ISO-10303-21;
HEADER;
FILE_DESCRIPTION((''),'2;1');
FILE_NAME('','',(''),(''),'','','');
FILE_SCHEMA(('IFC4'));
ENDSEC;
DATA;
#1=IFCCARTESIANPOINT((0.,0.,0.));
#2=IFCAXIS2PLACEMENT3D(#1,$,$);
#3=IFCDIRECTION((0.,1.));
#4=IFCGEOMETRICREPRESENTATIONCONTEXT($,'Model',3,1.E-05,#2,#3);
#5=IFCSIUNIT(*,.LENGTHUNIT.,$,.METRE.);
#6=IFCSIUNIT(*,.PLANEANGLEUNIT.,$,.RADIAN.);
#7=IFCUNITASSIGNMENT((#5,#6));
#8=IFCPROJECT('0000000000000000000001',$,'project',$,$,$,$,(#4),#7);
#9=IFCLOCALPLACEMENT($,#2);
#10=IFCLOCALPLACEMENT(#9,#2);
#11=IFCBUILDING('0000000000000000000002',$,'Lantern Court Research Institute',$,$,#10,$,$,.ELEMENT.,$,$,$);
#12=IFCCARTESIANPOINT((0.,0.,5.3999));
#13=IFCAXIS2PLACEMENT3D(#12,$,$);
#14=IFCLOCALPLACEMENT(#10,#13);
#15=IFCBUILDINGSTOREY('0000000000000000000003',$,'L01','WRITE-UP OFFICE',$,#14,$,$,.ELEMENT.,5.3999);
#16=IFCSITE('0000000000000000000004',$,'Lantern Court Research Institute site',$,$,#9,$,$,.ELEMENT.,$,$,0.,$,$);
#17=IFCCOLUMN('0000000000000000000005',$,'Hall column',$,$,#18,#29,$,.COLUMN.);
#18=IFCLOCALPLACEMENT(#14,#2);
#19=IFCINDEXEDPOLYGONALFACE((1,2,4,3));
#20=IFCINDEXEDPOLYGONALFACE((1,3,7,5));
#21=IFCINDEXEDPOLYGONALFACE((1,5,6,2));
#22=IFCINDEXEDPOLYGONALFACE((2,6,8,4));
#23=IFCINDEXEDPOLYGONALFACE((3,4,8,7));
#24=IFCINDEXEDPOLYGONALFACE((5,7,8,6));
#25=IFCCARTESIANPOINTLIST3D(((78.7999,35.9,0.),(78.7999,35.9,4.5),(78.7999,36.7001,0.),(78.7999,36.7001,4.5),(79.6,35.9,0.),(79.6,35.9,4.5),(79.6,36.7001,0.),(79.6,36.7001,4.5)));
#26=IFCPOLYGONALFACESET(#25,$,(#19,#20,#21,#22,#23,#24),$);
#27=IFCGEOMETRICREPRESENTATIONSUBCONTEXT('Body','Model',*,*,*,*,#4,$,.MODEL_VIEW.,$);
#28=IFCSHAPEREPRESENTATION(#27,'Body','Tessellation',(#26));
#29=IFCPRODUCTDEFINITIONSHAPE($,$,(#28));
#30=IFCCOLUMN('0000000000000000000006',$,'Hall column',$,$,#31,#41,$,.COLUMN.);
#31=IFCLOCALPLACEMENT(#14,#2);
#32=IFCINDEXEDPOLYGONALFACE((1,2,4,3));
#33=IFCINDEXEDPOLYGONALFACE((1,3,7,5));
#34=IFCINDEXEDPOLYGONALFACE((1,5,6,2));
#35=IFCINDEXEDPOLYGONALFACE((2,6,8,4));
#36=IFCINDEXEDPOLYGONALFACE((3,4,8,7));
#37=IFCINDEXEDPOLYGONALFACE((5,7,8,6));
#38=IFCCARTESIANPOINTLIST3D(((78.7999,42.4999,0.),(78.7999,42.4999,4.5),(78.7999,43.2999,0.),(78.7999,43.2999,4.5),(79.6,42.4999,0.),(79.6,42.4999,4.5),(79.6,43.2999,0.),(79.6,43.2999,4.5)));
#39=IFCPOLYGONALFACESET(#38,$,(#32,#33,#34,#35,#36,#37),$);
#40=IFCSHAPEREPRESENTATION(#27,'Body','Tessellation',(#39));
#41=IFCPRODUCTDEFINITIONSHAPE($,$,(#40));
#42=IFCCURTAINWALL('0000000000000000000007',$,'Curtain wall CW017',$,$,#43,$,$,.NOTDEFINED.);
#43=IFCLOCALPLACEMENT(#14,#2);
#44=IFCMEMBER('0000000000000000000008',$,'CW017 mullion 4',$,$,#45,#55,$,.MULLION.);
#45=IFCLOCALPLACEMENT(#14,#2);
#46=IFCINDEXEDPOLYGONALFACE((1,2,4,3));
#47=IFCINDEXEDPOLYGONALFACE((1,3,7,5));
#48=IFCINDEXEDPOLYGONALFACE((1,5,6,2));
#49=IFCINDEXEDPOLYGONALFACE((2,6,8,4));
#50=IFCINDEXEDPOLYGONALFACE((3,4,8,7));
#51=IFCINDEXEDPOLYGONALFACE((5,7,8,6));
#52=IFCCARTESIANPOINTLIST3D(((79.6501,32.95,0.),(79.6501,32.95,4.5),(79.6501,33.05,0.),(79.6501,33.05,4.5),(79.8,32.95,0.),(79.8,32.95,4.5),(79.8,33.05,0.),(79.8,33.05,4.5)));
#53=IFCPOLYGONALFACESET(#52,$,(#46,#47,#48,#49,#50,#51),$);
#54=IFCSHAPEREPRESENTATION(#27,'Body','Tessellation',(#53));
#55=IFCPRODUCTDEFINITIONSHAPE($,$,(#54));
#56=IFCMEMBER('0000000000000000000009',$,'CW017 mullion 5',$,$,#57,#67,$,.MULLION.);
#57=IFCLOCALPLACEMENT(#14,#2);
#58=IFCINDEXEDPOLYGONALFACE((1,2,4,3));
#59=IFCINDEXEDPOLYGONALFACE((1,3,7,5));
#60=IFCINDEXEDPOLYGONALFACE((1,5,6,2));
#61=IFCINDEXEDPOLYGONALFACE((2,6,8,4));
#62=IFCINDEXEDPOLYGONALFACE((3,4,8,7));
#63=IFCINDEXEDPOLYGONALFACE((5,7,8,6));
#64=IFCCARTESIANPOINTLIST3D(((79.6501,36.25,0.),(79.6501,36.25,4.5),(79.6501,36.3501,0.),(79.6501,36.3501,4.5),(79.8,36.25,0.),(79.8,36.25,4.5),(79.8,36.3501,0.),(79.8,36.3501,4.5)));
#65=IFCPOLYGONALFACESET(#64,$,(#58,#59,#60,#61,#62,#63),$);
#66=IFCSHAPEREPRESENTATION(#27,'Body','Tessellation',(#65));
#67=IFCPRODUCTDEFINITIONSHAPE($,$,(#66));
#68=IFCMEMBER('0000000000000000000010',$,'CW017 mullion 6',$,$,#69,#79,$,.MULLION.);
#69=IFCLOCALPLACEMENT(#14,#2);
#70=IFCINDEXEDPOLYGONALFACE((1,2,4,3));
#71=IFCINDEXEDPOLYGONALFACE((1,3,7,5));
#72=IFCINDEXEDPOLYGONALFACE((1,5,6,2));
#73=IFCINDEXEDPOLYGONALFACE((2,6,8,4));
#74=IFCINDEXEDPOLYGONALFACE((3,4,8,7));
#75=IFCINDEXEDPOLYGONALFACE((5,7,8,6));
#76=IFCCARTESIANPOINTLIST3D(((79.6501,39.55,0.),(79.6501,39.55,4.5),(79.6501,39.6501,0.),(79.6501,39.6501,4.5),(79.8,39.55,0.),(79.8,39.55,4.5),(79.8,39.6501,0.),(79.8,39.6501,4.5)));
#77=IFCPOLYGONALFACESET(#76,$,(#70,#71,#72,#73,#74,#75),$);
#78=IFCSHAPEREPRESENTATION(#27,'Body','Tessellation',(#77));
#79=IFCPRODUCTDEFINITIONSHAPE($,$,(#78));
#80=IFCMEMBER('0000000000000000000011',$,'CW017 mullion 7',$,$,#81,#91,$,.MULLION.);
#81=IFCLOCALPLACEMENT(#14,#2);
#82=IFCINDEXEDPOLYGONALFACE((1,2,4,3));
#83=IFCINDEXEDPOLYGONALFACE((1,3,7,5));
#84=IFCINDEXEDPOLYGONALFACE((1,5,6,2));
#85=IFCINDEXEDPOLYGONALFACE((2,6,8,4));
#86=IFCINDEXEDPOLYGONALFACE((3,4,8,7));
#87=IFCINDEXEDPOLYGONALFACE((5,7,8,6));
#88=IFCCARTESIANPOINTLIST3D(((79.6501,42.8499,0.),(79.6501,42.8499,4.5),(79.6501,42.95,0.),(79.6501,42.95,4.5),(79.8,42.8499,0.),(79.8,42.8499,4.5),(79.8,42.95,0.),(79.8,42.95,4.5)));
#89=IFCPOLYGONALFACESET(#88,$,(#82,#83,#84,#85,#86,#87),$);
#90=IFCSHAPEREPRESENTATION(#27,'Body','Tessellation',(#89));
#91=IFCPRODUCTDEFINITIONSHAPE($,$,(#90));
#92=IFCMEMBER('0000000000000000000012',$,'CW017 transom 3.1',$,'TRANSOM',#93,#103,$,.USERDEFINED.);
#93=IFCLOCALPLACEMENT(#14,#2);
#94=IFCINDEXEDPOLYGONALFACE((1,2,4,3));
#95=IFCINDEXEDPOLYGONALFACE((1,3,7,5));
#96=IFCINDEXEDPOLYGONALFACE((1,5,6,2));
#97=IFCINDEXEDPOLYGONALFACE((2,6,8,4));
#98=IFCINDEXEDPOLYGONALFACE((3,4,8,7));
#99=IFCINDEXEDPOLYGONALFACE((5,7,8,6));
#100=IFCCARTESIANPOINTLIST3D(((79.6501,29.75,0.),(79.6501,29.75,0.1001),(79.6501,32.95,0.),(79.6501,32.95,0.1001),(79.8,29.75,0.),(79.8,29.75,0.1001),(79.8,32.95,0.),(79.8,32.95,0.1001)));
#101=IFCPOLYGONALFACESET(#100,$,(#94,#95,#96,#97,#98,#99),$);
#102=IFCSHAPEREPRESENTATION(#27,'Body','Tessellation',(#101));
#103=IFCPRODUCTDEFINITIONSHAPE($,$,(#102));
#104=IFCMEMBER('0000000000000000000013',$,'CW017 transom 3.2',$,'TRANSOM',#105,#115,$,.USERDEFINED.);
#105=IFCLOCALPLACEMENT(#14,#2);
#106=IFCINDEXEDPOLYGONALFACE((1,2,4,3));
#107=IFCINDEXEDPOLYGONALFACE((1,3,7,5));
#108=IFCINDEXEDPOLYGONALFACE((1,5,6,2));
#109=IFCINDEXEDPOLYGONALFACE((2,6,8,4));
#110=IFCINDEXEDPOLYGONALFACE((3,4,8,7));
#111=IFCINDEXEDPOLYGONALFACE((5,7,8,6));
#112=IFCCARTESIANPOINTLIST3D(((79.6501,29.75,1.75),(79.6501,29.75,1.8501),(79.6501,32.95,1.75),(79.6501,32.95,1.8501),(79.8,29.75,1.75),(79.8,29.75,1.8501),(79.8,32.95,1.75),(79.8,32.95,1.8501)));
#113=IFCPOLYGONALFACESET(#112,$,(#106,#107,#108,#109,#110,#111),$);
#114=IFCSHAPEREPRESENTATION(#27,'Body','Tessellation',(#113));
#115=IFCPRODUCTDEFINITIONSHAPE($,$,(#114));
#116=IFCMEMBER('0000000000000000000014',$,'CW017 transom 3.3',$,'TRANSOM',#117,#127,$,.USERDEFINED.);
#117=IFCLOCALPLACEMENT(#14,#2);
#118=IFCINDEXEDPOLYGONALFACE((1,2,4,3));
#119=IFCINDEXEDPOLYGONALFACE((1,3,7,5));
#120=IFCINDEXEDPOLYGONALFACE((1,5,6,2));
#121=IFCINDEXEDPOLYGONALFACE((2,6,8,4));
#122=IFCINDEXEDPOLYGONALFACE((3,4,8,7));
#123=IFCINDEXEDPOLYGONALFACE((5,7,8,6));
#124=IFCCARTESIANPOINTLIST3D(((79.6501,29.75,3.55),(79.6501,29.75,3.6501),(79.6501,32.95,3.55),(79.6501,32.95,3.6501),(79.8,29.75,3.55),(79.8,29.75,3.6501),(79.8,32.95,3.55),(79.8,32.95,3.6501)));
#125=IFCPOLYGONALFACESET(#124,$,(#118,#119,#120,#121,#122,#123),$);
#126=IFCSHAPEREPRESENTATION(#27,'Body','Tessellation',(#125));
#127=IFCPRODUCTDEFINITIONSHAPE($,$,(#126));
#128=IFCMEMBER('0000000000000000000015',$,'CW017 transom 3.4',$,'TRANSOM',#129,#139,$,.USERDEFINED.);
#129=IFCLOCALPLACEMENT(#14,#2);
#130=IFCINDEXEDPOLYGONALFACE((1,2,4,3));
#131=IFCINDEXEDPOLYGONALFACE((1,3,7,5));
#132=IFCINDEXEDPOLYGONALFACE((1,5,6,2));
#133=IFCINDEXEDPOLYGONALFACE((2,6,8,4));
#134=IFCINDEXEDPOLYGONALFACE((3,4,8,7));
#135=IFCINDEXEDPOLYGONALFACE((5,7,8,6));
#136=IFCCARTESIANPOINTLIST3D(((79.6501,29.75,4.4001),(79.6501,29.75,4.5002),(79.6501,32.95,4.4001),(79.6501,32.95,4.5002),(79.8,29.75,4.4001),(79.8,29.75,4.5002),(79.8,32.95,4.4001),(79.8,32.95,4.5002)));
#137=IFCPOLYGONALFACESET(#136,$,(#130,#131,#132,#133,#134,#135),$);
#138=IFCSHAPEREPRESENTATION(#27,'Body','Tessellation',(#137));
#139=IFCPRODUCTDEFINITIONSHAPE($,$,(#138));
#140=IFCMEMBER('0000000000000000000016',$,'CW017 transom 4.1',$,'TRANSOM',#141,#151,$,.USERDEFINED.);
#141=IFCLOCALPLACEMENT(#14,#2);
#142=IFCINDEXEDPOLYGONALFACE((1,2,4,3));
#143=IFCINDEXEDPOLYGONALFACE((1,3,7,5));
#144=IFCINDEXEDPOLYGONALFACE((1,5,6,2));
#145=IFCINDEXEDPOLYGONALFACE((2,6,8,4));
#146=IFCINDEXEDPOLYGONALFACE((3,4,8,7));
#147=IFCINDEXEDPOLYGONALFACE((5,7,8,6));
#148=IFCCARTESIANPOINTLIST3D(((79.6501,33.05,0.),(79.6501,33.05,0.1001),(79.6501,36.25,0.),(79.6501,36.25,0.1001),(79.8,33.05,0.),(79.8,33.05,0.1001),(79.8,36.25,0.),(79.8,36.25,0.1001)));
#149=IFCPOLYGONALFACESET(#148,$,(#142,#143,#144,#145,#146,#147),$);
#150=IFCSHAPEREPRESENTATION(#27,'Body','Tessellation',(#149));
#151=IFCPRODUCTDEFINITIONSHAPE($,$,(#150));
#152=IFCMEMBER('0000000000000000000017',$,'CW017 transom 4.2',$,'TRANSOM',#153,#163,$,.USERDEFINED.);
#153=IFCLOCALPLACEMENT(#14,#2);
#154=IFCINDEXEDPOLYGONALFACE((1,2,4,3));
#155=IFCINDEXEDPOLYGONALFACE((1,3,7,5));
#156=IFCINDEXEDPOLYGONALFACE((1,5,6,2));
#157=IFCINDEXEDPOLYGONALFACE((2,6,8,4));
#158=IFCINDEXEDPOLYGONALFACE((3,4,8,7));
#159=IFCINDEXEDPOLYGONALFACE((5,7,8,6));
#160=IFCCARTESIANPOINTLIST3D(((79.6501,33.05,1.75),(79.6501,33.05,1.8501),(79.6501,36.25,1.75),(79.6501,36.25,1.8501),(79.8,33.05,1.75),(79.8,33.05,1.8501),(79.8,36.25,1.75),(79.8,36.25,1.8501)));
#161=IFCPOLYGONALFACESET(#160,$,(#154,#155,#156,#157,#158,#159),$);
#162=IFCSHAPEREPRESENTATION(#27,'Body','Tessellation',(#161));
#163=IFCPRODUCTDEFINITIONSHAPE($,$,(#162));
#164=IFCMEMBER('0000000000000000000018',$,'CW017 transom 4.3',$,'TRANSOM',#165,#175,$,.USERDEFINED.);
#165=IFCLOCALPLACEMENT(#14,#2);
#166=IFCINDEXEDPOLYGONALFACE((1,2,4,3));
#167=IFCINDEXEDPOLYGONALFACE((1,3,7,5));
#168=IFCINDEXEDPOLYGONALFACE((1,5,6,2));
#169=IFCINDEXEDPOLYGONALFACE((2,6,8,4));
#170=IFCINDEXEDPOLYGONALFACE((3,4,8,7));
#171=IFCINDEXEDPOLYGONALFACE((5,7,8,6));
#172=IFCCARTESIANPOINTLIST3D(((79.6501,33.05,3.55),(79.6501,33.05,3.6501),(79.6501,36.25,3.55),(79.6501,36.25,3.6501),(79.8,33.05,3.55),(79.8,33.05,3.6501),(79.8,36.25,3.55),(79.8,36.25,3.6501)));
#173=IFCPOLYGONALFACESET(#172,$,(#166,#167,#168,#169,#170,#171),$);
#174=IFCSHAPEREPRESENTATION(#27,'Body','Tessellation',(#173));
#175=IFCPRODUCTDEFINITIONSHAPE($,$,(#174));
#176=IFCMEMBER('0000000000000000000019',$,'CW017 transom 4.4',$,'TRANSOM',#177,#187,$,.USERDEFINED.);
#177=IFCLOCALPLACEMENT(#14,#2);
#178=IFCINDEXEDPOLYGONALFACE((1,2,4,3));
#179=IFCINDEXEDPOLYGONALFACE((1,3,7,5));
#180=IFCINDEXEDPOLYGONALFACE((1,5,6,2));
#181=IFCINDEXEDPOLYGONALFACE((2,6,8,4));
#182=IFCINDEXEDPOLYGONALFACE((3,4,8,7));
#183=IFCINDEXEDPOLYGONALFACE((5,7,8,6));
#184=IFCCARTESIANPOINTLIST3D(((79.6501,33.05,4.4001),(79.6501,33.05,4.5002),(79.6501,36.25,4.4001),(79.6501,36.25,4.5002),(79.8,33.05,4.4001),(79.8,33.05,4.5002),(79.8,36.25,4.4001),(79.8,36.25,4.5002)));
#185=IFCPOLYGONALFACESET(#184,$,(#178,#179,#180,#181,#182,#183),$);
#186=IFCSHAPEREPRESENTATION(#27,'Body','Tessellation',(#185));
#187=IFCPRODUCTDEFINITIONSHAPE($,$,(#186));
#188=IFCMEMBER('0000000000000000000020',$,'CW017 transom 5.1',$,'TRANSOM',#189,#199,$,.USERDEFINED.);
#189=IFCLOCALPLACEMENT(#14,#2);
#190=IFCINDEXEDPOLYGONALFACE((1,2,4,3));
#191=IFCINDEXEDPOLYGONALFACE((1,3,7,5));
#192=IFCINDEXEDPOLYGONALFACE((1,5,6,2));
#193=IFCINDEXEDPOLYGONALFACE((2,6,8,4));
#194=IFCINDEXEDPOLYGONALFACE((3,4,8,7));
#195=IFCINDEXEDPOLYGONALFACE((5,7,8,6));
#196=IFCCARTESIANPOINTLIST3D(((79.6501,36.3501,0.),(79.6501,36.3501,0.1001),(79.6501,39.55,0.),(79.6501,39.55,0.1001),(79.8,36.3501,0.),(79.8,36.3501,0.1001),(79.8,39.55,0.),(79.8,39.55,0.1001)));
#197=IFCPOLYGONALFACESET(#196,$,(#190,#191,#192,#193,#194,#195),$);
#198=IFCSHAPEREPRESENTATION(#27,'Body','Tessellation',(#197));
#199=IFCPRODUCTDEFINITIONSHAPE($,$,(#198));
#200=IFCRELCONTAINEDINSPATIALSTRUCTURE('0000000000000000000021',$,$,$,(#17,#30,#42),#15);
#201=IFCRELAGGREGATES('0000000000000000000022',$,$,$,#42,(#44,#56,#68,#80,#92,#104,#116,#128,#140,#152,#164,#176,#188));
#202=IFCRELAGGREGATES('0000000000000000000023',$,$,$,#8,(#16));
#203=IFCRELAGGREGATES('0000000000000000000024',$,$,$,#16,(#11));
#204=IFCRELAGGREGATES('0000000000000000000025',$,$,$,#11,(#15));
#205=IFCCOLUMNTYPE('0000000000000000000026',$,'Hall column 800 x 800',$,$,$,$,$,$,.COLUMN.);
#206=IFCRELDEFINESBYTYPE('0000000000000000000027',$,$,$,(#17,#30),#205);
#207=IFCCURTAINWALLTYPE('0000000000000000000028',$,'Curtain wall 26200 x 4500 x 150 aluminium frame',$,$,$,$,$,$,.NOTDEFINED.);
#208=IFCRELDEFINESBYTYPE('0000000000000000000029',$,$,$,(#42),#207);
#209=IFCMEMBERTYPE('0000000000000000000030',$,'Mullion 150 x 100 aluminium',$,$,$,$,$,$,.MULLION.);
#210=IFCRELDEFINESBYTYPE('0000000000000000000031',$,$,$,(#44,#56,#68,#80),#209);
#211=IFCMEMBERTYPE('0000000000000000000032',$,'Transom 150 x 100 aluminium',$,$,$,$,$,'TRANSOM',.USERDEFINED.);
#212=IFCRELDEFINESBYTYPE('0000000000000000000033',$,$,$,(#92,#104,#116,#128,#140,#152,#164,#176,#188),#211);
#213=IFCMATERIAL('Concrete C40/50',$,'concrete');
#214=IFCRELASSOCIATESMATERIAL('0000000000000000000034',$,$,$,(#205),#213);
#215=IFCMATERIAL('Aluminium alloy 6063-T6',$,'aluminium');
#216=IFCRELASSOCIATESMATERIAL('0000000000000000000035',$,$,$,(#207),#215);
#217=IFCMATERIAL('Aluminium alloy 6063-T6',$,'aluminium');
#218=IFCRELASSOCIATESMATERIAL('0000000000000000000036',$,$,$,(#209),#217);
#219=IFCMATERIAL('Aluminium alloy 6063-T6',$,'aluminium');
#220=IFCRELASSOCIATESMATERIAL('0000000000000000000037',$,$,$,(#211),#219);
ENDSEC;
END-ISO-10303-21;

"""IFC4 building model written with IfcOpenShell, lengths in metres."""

from ifc_helpers import new_model, si_unit, direction, frame, origin, origin_2d, place, context, subcontext, project, spatial, rectangle, extrude, material, material_profile, profile_set, type_object, element, aggregate, save


model = new_model("IFC4")

# Units and contexts
model_context = context("Model", 3, precision=1e-05, world=origin(), true_north=direction((0.0, 1.0)))
body_context = subcontext(model_context, "Body", "Model", "MODEL_VIEW")
ifc_project = project(units=[si_unit("LENGTHUNIT", "METRE"), si_unit("PLANEANGLEUNIT", "RADIAN")], contexts=[model_context])

# Site, building, storey
site_placement = place(None, origin())
site = spatial("IfcSite", under=ifc_project, at=site_placement, Name="Lantern Court Research Institute site", CompositionType="ELEMENT", RefElevation=0.0)
building_placement = place(site_placement, origin())
building = spatial("IfcBuilding", under=site, at=building_placement, Name="Lantern Court Research Institute", CompositionType="ELEMENT")
storey_placement = place(building_placement, frame((0.0, 0.0, 5.3999)))
storey = spatial("IfcBuildingStorey", under=building, at=storey_placement, Name="L01", Description="WRITE-UP OFFICE", CompositionType="ELEMENT", Elevation=5.3999)

# Columns
ifc_material_1 = material(Name="Concrete C40/50", Category="concrete")
ifc_material_profile_1 = material_profile(ifc_material_1, rectangle(XDim=0.8, YDim=0.8, at=origin_2d()), Name="Hall column 800 x 800")
ifc_profile_set_1 = profile_set([ifc_material_profile_1], Name="Concrete C40/50")
column_type = type_object("IfcColumnType", Name="Hall column 800 x 800", PredefinedType="COLUMN", material=ifc_profile_set_1)
for number, where, z_axis, x_axis, name in (
    (1, (79.2, 36.3, 0.0), (0.0, 0.0, 1.0), (1.0, 0.0, 0.0), "Hall column"),
    (2, (79.2, 42.8999, 0.0), (0.0, 0.0, 1.0), (1.0, 0.0, 0.0), "Hall column"),
):
    element("IfcColumn", number, at=place(storey_placement, frame(where, z_axis=z_axis, x_axis=x_axis)), inside=storey, type_object=column_type, Name=name, PredefinedType="COLUMN", context=body_context, shape_type="SweptSolid", body=[
        extrude(rectangle(XDim=0.8, YDim=0.8, at=origin_2d()), origin(), (0.0, 0.0, 1.0), 4.5),
    ])

# Curtain wall, members
ifc_material_2 = material(Name="Aluminium alloy 6063-T6", Category="aluminium")
curtain_wall_type = type_object("IfcCurtainWallType", Name="Curtain wall 26200 x 4500 x 150 aluminium frame", PredefinedType="NOTDEFINED", material=ifc_material_2)
curtain_wall_placement = place(storey_placement, origin())
curtain_wall = element("IfcCurtainWall", 3, at=curtain_wall_placement, inside=storey, type_object=curtain_wall_type, Name="Curtain wall CW017", PredefinedType="NOTDEFINED")
ifc_material_3 = material(Name="Aluminium alloy 6063-T6", Category="aluminium")
ifc_material_profile_2 = material_profile(ifc_material_3, rectangle(XDim=0.1499, YDim=0.1001, at=origin_2d()), Name="Mullion 150 x 100")
ifc_profile_set_2 = profile_set([ifc_material_profile_2], Name="Aluminium alloy 6063-T6")
member_type_1 = type_object("IfcMemberType", Name="Mullion 150 x 100 aluminium", PredefinedType="MULLION", material=ifc_profile_set_2)
member_1_placement = place(storey_placement, frame((79.7251, 33.0, 0.0), z_axis=(0.0, 0.0, 1.0), x_axis=(1.0, 0.0, 0.0)))
member_1 = element("IfcMember", 4, at=member_1_placement, type_object=member_type_1, Name="CW017 mullion 4", PredefinedType="MULLION", context=body_context, shape_type="SweptSolid", body=[
    extrude(rectangle(XDim=0.1499, YDim=0.1001, at=origin_2d()), origin(), (0.0, 0.0, 1.0), 4.5),
])
member_2_placement = place(storey_placement, frame((79.7251, 36.3, 0.0), z_axis=(0.0, 0.0, 1.0), x_axis=(1.0, 0.0, 0.0)))
member_2 = element("IfcMember", 5, at=member_2_placement, type_object=member_type_1, Name="CW017 mullion 5", PredefinedType="MULLION", context=body_context, shape_type="SweptSolid", body=[
    extrude(rectangle(XDim=0.1499, YDim=0.1001, at=origin_2d()), origin(), (0.0, 0.0, 1.0), 4.5),
])
member_3_placement = place(storey_placement, frame((79.7251, 39.6001, 0.0), z_axis=(0.0, 0.0, 1.0), x_axis=(1.0, 0.0, 0.0)))
member_3 = element("IfcMember", 6, at=member_3_placement, type_object=member_type_1, Name="CW017 mullion 6", PredefinedType="MULLION", context=body_context, shape_type="SweptSolid", body=[
    extrude(rectangle(XDim=0.1499, YDim=0.1001, at=origin_2d()), origin(), (0.0, 0.0, 1.0), 4.5),
])
member_4_placement = place(storey_placement, frame((79.7251, 42.8999, 0.0), z_axis=(0.0, 0.0, 1.0), x_axis=(1.0, 0.0, 0.0)))
member_4 = element("IfcMember", 7, at=member_4_placement, type_object=member_type_1, Name="CW017 mullion 7", PredefinedType="MULLION", context=body_context, shape_type="SweptSolid", body=[
    extrude(rectangle(XDim=0.1499, YDim=0.1001, at=origin_2d()), origin(), (0.0, 0.0, 1.0), 4.5),
])
ifc_material_4 = material(Name="Aluminium alloy 6063-T6", Category="aluminium")
ifc_material_profile_3 = material_profile(ifc_material_4, rectangle(XDim=0.1499, YDim=0.1001, at=origin_2d()), Name="Transom 150 x 100")
ifc_profile_set_3 = profile_set([ifc_material_profile_3], Name="Aluminium alloy 6063-T6")
member_type_2 = type_object("IfcMemberType", Name="Transom 150 x 100 aluminium", ElementType="TRANSOM", PredefinedType="USERDEFINED", material=ifc_profile_set_3)
member_5_placement = place(storey_placement, frame((79.7251, 32.95, 0.05), z_axis=(0.0, -1.0, 0.0), x_axis=(1.0, 0.0, 0.0)))
member_5 = element("IfcMember", 8, at=member_5_placement, type_object=member_type_2, Name="CW017 transom 3.1", ObjectType="TRANSOM", PredefinedType="USERDEFINED", context=body_context, shape_type="SweptSolid", body=[
    extrude(rectangle(XDim=0.1499, YDim=0.1001, at=origin_2d()), origin(), (0.0, 0.0, 1.0), 3.2),
])
member_6_placement = place(storey_placement, frame((79.7251, 32.95, 1.8), z_axis=(0.0, -1.0, 0.0), x_axis=(1.0, 0.0, 0.0)))
member_6 = element("IfcMember", 9, at=member_6_placement, type_object=member_type_2, Name="CW017 transom 3.2", ObjectType="TRANSOM", PredefinedType="USERDEFINED", context=body_context, shape_type="SweptSolid", body=[
    extrude(rectangle(XDim=0.1499, YDim=0.1001, at=origin_2d()), origin(), (0.0, 0.0, 1.0), 3.2),
])
member_7_placement = place(storey_placement, frame((79.7251, 32.95, 3.6001), z_axis=(0.0, -1.0, 0.0), x_axis=(1.0, 0.0, 0.0)))
member_7 = element("IfcMember", 10, at=member_7_placement, type_object=member_type_2, Name="CW017 transom 3.3", ObjectType="TRANSOM", PredefinedType="USERDEFINED", context=body_context, shape_type="SweptSolid", body=[
    extrude(rectangle(XDim=0.1499, YDim=0.1001, at=origin_2d()), origin(), (0.0, 0.0, 1.0), 3.2),
])
member_8_placement = place(storey_placement, frame((79.7251, 32.95, 4.4502), z_axis=(0.0, -1.0, 0.0), x_axis=(1.0, 0.0, 0.0)))
member_8 = element("IfcMember", 11, at=member_8_placement, type_object=member_type_2, Name="CW017 transom 3.4", ObjectType="TRANSOM", PredefinedType="USERDEFINED", context=body_context, shape_type="SweptSolid", body=[
    extrude(rectangle(XDim=0.1499, YDim=0.1001, at=origin_2d()), origin(), (0.0, 0.0, 1.0), 3.2),
])
member_9_placement = place(storey_placement, frame((79.7251, 36.25, 0.05), z_axis=(0.0, -1.0, 0.0), x_axis=(1.0, 0.0, 0.0)))
member_9 = element("IfcMember", 12, at=member_9_placement, type_object=member_type_2, Name="CW017 transom 4.1", ObjectType="TRANSOM", PredefinedType="USERDEFINED", context=body_context, shape_type="SweptSolid", body=[
    extrude(rectangle(XDim=0.1499, YDim=0.1001, at=origin_2d()), origin(), (0.0, 0.0, 1.0), 3.2),
])
member_10_placement = place(storey_placement, frame((79.7251, 36.25, 1.8), z_axis=(0.0, -1.0, 0.0), x_axis=(1.0, 0.0, 0.0)))
member_10 = element("IfcMember", 13, at=member_10_placement, type_object=member_type_2, Name="CW017 transom 4.2", ObjectType="TRANSOM", PredefinedType="USERDEFINED", context=body_context, shape_type="SweptSolid", body=[
    extrude(rectangle(XDim=0.1499, YDim=0.1001, at=origin_2d()), origin(), (0.0, 0.0, 1.0), 3.2),
])
member_11_placement = place(storey_placement, frame((79.7251, 36.25, 3.6001), z_axis=(0.0, -1.0, 0.0), x_axis=(1.0, 0.0, 0.0)))
member_11 = element("IfcMember", 14, at=member_11_placement, type_object=member_type_2, Name="CW017 transom 4.3", ObjectType="TRANSOM", PredefinedType="USERDEFINED", context=body_context, shape_type="SweptSolid", body=[
    extrude(rectangle(XDim=0.1499, YDim=0.1001, at=origin_2d()), origin(), (0.0, 0.0, 1.0), 3.2),
])
member_12_placement = place(storey_placement, frame((79.7251, 36.25, 4.4502), z_axis=(0.0, -1.0, 0.0), x_axis=(1.0, 0.0, 0.0)))
member_12 = element("IfcMember", 15, at=member_12_placement, type_object=member_type_2, Name="CW017 transom 4.4", ObjectType="TRANSOM", PredefinedType="USERDEFINED", context=body_context, shape_type="SweptSolid", body=[
    extrude(rectangle(XDim=0.1499, YDim=0.1001, at=origin_2d()), origin(), (0.0, 0.0, 1.0), 3.2),
])
member_13_placement = place(storey_placement, frame((79.7251, 39.55, 0.05), z_axis=(0.0, -1.0, 0.0), x_axis=(1.0, 0.0, 0.0)))
member_13 = element("IfcMember", 16, at=member_13_placement, type_object=member_type_2, Name="CW017 transom 5.1", ObjectType="TRANSOM", PredefinedType="USERDEFINED", context=body_context, shape_type="SweptSolid", body=[
    extrude(rectangle(XDim=0.1499, YDim=0.1001, at=origin_2d()), origin(), (0.0, 0.0, 1.0), 3.2),
])
aggregate(curtain_wall, [member_1, member_2, member_3, member_4, member_5, member_6, member_7, member_8, member_9, member_10, member_11, member_12, member_13])

save(model, "model.ifc")
